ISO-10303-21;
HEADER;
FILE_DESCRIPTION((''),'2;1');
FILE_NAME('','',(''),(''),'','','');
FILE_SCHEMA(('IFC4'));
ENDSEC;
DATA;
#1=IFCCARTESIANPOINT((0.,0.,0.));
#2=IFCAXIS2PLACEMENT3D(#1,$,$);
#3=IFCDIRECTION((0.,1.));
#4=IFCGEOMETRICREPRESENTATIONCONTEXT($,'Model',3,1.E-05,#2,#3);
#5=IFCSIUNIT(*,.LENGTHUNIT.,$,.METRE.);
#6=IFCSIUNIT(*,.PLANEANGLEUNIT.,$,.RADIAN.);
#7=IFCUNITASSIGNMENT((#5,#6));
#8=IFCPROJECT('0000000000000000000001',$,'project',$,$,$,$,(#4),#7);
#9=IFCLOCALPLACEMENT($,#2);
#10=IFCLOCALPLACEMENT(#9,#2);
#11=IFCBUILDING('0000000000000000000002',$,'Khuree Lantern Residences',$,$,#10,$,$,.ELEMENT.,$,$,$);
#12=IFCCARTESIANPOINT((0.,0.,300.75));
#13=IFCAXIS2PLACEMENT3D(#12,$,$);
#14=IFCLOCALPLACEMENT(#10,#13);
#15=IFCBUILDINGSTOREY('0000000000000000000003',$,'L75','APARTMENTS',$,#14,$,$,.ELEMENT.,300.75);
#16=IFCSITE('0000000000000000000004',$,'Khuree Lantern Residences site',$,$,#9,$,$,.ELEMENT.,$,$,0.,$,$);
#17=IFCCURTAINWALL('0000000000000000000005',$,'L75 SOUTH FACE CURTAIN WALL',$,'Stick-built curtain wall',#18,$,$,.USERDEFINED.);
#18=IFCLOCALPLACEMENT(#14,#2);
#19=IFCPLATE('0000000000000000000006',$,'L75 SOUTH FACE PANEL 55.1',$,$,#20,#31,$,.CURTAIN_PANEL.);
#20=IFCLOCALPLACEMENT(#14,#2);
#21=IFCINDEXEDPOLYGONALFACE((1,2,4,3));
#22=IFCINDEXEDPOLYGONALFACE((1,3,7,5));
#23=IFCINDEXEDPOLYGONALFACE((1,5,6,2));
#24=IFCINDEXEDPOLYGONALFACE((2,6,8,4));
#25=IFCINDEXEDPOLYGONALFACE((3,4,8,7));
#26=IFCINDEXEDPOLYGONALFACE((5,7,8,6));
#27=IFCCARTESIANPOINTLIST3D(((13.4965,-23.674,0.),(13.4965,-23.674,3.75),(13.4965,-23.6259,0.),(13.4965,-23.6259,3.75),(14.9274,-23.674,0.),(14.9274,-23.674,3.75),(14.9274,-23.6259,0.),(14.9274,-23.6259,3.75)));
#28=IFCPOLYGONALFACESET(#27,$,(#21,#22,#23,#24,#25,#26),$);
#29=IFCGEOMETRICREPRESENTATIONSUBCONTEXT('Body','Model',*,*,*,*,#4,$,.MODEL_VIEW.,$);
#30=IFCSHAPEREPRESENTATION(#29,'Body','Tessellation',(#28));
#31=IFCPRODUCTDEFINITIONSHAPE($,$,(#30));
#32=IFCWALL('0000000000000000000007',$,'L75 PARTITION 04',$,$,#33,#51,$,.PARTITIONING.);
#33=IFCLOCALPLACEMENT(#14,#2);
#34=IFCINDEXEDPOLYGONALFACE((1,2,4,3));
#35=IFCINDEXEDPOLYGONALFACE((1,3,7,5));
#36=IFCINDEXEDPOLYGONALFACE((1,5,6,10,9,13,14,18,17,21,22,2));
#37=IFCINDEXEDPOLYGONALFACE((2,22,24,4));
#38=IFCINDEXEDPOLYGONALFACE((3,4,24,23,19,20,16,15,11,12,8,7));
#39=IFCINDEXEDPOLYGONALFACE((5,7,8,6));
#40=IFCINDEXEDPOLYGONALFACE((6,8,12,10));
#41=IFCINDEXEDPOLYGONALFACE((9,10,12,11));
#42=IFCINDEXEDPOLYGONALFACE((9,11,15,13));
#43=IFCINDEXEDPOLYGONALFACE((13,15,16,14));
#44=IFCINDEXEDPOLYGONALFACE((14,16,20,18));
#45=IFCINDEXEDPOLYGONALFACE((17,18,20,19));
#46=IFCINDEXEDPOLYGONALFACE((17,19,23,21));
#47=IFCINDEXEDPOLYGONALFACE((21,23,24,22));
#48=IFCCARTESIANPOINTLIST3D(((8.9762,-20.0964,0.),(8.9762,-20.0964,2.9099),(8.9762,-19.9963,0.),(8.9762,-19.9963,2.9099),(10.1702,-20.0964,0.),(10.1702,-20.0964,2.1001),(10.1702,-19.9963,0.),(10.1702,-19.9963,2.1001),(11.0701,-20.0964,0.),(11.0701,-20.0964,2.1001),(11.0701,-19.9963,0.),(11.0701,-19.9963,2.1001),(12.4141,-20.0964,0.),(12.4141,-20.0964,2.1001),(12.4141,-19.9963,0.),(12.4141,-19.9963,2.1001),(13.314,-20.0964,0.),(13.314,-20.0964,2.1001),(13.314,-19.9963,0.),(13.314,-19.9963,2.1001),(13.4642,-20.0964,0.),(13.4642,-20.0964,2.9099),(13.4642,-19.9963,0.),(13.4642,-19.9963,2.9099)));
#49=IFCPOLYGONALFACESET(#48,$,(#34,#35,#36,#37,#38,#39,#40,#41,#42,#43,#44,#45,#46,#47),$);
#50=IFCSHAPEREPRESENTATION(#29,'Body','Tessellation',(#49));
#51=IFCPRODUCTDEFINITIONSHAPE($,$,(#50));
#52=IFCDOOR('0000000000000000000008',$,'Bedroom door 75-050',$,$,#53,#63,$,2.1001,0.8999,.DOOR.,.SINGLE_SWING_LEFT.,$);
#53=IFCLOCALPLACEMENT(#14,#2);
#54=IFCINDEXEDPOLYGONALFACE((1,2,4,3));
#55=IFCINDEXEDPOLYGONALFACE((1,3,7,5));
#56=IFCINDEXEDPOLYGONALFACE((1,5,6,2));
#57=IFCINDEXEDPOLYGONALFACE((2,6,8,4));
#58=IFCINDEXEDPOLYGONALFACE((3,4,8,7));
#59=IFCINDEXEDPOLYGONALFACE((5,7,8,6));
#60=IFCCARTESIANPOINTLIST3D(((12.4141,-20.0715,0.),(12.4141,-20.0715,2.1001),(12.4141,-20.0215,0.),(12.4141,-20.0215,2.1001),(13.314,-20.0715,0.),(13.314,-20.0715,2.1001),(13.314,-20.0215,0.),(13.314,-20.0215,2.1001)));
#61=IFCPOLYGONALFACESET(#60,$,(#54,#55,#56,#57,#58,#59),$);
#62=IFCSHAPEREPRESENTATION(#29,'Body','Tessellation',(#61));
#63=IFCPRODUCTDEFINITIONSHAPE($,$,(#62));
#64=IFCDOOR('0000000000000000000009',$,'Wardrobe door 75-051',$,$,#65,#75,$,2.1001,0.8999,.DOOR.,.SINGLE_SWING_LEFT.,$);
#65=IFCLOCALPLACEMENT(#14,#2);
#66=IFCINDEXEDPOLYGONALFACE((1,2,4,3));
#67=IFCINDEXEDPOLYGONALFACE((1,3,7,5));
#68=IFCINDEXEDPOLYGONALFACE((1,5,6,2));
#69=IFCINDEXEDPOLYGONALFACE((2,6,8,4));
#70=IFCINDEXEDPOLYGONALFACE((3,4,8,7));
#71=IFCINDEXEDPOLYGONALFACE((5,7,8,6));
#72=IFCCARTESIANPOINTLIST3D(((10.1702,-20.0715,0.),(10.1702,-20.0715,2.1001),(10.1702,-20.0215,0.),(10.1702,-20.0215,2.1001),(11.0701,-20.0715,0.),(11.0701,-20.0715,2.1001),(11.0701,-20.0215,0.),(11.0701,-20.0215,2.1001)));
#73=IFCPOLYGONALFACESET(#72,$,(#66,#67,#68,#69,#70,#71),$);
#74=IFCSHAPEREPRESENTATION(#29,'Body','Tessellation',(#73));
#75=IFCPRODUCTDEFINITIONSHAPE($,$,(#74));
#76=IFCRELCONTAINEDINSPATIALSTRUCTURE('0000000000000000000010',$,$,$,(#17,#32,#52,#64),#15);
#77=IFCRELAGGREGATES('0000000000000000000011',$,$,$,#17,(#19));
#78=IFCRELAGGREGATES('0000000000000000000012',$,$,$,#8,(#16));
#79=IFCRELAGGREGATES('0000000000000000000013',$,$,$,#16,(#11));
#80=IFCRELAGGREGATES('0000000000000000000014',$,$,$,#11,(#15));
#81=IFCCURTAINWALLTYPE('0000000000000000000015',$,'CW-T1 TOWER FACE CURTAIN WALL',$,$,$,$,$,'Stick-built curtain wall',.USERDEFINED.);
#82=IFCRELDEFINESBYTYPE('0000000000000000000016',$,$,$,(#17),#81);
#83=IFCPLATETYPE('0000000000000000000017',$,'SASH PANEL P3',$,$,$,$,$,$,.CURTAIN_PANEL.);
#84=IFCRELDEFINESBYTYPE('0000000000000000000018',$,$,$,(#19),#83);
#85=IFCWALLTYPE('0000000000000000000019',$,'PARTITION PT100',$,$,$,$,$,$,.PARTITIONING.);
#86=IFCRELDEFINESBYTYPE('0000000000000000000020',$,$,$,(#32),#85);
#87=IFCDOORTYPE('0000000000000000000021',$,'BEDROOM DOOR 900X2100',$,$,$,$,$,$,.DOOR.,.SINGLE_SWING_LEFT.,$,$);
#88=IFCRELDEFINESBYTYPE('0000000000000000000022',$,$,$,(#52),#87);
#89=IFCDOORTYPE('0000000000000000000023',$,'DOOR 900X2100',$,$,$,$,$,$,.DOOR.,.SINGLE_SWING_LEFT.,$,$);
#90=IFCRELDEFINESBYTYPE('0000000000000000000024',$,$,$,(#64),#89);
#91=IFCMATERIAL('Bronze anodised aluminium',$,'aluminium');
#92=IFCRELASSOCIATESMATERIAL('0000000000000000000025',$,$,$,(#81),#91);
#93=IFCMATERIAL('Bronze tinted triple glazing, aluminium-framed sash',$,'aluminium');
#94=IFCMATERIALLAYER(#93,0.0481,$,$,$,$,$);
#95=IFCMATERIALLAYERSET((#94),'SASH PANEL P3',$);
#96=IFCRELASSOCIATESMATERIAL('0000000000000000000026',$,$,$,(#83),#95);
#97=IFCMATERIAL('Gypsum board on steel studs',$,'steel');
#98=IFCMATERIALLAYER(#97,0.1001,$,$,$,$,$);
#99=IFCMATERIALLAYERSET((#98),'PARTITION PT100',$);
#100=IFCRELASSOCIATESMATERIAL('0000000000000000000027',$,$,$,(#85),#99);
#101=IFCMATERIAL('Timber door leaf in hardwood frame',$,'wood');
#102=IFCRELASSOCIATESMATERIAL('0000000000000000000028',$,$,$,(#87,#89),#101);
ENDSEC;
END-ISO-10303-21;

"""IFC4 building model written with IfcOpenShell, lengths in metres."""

from ifc_helpers import new_model, si_unit, direction, frame, frame_2d, origin, origin_2d, place, context, subcontext, project, spatial, rectangle, extrude, material, layer, layer_set, type_object, element, fill, aggregate, save


model = new_model("IFC4")

# Units and contexts
model_context = context("Model", 3, precision=1e-05, world=origin(), true_north=direction((0.0, 1.0)))
body_context = subcontext(model_context, "Body", "Model", "MODEL_VIEW")
ifc_project = project(units=[si_unit("LENGTHUNIT", "METRE"), si_unit("PLANEANGLEUNIT", "RADIAN")], contexts=[model_context])

# Site, building, storey
site_placement = place(None, origin())
site = spatial("IfcSite", under=ifc_project, at=site_placement, Name="Khuree Lantern Residences site", CompositionType="ELEMENT", RefElevation=0.0)
building_placement = place(site_placement, origin())
building = spatial("IfcBuilding", under=site, at=building_placement, Name="Khuree Lantern Residences", CompositionType="ELEMENT")
storey_placement = place(building_placement, frame((0.0, 0.0, 300.75)))
storey = spatial("IfcBuildingStorey", under=building, at=storey_placement, Name="L75", Description="APARTMENTS", CompositionType="ELEMENT", Elevation=300.75)

# Curtain wall
ifc_material_1 = material(Name="Bronze anodised aluminium", Category="aluminium")
curtain_wall_type = type_object("IfcCurtainWallType", Name="CW-T1 TOWER FACE CURTAIN WALL", ElementType="Stick-built curtain wall", PredefinedType="USERDEFINED", material=ifc_material_1)
curtain_wall_placement = place(storey_placement, origin())
curtain_wall = element("IfcCurtainWall", 1, at=curtain_wall_placement, inside=storey, type_object=curtain_wall_type, Name="L75 SOUTH FACE CURTAIN WALL", ObjectType="Stick-built curtain wall", PredefinedType="USERDEFINED")

# Plate
ifc_material_2 = material(Name="Bronze tinted triple glazing, aluminium-framed sash", Category="aluminium")
ifc_layer_1 = layer(ifc_material_2, 0.0481)
ifc_layer_set_1 = layer_set([ifc_layer_1], Name="SASH PANEL P3")
plate_type_1 = type_object("IfcPlateType", Name="SASH PANEL P3", PredefinedType="CURTAIN_PANEL", material=ifc_layer_set_1)
plate_1_placement = place(storey_placement, frame((14.2119, -23.6499, 0.0), z_axis=(0.0, 0.0, 1.0), x_axis=(1.0, 0.0, 0.0)))
plate_1 = element("IfcPlate", 2, at=plate_1_placement, type_object=plate_type_1, Name="L75 SOUTH FACE PANEL 55.1", PredefinedType="CURTAIN_PANEL", context=body_context, shape_type="SweptSolid", body=[
    extrude(rectangle(XDim=1.4309, YDim=0.0481, at=origin_2d()), origin(), (0.0, 0.0, 1.0), 3.75),
])
aggregate(curtain_wall, [plate_1])

# Wall, openings, doors
ifc_material_3 = material(Name="Gypsum board on steel studs", Category="steel")
ifc_layer_2 = layer(ifc_material_3, 0.1001)
ifc_layer_set_2 = layer_set([ifc_layer_2], Name="PARTITION PT100")
wall_type = type_object("IfcWallType", Name="PARTITION PT100", PredefinedType="PARTITIONING", material=ifc_layer_set_2)
wall_placement = place(storey_placement, frame((8.9761, -20.0464, 0.0), z_axis=(0.0, 0.0, 1.0), x_axis=(1.0, 0.0, 0.0)))
wall = element("IfcWall", 3, at=wall_placement, inside=storey, type_object=wall_type, Name="L75 PARTITION 04", PredefinedType="PARTITIONING", context=body_context, shape_type="SweptSolid", body=[
    extrude(rectangle(XDim=4.488, YDim=0.1001, at=frame_2d((2.2441, 0.0))), origin(), (0.0, 0.0, 1.0), 2.9099),
])
opening_1_placement = place(wall_placement, frame((3.438, 0.0, 0.0)))
opening_1 = element("IfcOpeningElement", 4, at=opening_1_placement, cuts=wall, PredefinedType="OPENING", context=body_context, shape_type="SweptSolid", body=[
    extrude(rectangle(XDim=0.8999, YDim=2.1001, at=frame_2d((0.45, 1.05))), frame((0.0, 0.0601, 0.0), z_axis=(0.0, -1.0, 0.0), x_axis=(1.0, 0.0, 0.0)), (0.0, 0.0, 1.0), 0.1201),
])
opening_2_placement = place(wall_placement, frame((1.1941, 0.0, 0.0)))
opening_2 = element("IfcOpeningElement", 5, at=opening_2_placement, cuts=wall, PredefinedType="OPENING", context=body_context, shape_type="SweptSolid", body=[
    extrude(rectangle(XDim=0.8999, YDim=2.1001, at=frame_2d((0.45, 1.05))), frame((0.0, 0.0601, 0.0), z_axis=(0.0, -1.0, 0.0), x_axis=(1.0, 0.0, 0.0)), (0.0, 0.0, 1.0), 0.1201),
])
ifc_material_4 = material(Name="Timber door leaf in hardwood frame", Category="wood")
door_type_1 = type_object("IfcDoorType", Name="BEDROOM DOOR 900X2100", OperationType="SINGLE_SWING_LEFT", PredefinedType="DOOR", material=ifc_material_4)
door_1_placement = place(opening_1_placement, origin())
door_1 = element("IfcDoor", 6, at=door_1_placement, inside=storey, type_object=door_type_1, Name="Bedroom door 75-050", OperationType="SINGLE_SWING_LEFT", OverallHeight=2.1001, OverallWidth=0.8999, PredefinedType="DOOR", context=body_context, shape_type="SweptSolid", body=[
    extrude(rectangle(XDim=0.8999, YDim=2.1001, at=frame_2d((0.45, 1.05))), frame((0.0, 0.0249, 0.0), z_axis=(0.0, -1.0, 0.0), x_axis=(1.0, 0.0, 0.0)), (0.0, 0.0, 1.0), 0.05),
])
fill(opening_1, door_1)
door_type_2 = type_object("IfcDoorType", Name="DOOR 900X2100", OperationType="SINGLE_SWING_LEFT", PredefinedType="DOOR", material=ifc_material_4)
door_2_placement = place(opening_2_placement, origin())
door_2 = element("IfcDoor", 7, at=door_2_placement, inside=storey, type_object=door_type_2, Name="Wardrobe door 75-051", OperationType="SINGLE_SWING_LEFT", OverallHeight=2.1001, OverallWidth=0.8999, PredefinedType="DOOR", context=body_context, shape_type="SweptSolid", body=[
    extrude(rectangle(XDim=0.8999, YDim=2.1001, at=frame_2d((0.45, 1.05))), frame((0.0, 0.0249, 0.0), z_axis=(0.0, -1.0, 0.0), x_axis=(1.0, 0.0, 0.0)), (0.0, 0.0, 1.0), 0.05),
])
fill(opening_2, door_2)

save(model, "model.ifc")
